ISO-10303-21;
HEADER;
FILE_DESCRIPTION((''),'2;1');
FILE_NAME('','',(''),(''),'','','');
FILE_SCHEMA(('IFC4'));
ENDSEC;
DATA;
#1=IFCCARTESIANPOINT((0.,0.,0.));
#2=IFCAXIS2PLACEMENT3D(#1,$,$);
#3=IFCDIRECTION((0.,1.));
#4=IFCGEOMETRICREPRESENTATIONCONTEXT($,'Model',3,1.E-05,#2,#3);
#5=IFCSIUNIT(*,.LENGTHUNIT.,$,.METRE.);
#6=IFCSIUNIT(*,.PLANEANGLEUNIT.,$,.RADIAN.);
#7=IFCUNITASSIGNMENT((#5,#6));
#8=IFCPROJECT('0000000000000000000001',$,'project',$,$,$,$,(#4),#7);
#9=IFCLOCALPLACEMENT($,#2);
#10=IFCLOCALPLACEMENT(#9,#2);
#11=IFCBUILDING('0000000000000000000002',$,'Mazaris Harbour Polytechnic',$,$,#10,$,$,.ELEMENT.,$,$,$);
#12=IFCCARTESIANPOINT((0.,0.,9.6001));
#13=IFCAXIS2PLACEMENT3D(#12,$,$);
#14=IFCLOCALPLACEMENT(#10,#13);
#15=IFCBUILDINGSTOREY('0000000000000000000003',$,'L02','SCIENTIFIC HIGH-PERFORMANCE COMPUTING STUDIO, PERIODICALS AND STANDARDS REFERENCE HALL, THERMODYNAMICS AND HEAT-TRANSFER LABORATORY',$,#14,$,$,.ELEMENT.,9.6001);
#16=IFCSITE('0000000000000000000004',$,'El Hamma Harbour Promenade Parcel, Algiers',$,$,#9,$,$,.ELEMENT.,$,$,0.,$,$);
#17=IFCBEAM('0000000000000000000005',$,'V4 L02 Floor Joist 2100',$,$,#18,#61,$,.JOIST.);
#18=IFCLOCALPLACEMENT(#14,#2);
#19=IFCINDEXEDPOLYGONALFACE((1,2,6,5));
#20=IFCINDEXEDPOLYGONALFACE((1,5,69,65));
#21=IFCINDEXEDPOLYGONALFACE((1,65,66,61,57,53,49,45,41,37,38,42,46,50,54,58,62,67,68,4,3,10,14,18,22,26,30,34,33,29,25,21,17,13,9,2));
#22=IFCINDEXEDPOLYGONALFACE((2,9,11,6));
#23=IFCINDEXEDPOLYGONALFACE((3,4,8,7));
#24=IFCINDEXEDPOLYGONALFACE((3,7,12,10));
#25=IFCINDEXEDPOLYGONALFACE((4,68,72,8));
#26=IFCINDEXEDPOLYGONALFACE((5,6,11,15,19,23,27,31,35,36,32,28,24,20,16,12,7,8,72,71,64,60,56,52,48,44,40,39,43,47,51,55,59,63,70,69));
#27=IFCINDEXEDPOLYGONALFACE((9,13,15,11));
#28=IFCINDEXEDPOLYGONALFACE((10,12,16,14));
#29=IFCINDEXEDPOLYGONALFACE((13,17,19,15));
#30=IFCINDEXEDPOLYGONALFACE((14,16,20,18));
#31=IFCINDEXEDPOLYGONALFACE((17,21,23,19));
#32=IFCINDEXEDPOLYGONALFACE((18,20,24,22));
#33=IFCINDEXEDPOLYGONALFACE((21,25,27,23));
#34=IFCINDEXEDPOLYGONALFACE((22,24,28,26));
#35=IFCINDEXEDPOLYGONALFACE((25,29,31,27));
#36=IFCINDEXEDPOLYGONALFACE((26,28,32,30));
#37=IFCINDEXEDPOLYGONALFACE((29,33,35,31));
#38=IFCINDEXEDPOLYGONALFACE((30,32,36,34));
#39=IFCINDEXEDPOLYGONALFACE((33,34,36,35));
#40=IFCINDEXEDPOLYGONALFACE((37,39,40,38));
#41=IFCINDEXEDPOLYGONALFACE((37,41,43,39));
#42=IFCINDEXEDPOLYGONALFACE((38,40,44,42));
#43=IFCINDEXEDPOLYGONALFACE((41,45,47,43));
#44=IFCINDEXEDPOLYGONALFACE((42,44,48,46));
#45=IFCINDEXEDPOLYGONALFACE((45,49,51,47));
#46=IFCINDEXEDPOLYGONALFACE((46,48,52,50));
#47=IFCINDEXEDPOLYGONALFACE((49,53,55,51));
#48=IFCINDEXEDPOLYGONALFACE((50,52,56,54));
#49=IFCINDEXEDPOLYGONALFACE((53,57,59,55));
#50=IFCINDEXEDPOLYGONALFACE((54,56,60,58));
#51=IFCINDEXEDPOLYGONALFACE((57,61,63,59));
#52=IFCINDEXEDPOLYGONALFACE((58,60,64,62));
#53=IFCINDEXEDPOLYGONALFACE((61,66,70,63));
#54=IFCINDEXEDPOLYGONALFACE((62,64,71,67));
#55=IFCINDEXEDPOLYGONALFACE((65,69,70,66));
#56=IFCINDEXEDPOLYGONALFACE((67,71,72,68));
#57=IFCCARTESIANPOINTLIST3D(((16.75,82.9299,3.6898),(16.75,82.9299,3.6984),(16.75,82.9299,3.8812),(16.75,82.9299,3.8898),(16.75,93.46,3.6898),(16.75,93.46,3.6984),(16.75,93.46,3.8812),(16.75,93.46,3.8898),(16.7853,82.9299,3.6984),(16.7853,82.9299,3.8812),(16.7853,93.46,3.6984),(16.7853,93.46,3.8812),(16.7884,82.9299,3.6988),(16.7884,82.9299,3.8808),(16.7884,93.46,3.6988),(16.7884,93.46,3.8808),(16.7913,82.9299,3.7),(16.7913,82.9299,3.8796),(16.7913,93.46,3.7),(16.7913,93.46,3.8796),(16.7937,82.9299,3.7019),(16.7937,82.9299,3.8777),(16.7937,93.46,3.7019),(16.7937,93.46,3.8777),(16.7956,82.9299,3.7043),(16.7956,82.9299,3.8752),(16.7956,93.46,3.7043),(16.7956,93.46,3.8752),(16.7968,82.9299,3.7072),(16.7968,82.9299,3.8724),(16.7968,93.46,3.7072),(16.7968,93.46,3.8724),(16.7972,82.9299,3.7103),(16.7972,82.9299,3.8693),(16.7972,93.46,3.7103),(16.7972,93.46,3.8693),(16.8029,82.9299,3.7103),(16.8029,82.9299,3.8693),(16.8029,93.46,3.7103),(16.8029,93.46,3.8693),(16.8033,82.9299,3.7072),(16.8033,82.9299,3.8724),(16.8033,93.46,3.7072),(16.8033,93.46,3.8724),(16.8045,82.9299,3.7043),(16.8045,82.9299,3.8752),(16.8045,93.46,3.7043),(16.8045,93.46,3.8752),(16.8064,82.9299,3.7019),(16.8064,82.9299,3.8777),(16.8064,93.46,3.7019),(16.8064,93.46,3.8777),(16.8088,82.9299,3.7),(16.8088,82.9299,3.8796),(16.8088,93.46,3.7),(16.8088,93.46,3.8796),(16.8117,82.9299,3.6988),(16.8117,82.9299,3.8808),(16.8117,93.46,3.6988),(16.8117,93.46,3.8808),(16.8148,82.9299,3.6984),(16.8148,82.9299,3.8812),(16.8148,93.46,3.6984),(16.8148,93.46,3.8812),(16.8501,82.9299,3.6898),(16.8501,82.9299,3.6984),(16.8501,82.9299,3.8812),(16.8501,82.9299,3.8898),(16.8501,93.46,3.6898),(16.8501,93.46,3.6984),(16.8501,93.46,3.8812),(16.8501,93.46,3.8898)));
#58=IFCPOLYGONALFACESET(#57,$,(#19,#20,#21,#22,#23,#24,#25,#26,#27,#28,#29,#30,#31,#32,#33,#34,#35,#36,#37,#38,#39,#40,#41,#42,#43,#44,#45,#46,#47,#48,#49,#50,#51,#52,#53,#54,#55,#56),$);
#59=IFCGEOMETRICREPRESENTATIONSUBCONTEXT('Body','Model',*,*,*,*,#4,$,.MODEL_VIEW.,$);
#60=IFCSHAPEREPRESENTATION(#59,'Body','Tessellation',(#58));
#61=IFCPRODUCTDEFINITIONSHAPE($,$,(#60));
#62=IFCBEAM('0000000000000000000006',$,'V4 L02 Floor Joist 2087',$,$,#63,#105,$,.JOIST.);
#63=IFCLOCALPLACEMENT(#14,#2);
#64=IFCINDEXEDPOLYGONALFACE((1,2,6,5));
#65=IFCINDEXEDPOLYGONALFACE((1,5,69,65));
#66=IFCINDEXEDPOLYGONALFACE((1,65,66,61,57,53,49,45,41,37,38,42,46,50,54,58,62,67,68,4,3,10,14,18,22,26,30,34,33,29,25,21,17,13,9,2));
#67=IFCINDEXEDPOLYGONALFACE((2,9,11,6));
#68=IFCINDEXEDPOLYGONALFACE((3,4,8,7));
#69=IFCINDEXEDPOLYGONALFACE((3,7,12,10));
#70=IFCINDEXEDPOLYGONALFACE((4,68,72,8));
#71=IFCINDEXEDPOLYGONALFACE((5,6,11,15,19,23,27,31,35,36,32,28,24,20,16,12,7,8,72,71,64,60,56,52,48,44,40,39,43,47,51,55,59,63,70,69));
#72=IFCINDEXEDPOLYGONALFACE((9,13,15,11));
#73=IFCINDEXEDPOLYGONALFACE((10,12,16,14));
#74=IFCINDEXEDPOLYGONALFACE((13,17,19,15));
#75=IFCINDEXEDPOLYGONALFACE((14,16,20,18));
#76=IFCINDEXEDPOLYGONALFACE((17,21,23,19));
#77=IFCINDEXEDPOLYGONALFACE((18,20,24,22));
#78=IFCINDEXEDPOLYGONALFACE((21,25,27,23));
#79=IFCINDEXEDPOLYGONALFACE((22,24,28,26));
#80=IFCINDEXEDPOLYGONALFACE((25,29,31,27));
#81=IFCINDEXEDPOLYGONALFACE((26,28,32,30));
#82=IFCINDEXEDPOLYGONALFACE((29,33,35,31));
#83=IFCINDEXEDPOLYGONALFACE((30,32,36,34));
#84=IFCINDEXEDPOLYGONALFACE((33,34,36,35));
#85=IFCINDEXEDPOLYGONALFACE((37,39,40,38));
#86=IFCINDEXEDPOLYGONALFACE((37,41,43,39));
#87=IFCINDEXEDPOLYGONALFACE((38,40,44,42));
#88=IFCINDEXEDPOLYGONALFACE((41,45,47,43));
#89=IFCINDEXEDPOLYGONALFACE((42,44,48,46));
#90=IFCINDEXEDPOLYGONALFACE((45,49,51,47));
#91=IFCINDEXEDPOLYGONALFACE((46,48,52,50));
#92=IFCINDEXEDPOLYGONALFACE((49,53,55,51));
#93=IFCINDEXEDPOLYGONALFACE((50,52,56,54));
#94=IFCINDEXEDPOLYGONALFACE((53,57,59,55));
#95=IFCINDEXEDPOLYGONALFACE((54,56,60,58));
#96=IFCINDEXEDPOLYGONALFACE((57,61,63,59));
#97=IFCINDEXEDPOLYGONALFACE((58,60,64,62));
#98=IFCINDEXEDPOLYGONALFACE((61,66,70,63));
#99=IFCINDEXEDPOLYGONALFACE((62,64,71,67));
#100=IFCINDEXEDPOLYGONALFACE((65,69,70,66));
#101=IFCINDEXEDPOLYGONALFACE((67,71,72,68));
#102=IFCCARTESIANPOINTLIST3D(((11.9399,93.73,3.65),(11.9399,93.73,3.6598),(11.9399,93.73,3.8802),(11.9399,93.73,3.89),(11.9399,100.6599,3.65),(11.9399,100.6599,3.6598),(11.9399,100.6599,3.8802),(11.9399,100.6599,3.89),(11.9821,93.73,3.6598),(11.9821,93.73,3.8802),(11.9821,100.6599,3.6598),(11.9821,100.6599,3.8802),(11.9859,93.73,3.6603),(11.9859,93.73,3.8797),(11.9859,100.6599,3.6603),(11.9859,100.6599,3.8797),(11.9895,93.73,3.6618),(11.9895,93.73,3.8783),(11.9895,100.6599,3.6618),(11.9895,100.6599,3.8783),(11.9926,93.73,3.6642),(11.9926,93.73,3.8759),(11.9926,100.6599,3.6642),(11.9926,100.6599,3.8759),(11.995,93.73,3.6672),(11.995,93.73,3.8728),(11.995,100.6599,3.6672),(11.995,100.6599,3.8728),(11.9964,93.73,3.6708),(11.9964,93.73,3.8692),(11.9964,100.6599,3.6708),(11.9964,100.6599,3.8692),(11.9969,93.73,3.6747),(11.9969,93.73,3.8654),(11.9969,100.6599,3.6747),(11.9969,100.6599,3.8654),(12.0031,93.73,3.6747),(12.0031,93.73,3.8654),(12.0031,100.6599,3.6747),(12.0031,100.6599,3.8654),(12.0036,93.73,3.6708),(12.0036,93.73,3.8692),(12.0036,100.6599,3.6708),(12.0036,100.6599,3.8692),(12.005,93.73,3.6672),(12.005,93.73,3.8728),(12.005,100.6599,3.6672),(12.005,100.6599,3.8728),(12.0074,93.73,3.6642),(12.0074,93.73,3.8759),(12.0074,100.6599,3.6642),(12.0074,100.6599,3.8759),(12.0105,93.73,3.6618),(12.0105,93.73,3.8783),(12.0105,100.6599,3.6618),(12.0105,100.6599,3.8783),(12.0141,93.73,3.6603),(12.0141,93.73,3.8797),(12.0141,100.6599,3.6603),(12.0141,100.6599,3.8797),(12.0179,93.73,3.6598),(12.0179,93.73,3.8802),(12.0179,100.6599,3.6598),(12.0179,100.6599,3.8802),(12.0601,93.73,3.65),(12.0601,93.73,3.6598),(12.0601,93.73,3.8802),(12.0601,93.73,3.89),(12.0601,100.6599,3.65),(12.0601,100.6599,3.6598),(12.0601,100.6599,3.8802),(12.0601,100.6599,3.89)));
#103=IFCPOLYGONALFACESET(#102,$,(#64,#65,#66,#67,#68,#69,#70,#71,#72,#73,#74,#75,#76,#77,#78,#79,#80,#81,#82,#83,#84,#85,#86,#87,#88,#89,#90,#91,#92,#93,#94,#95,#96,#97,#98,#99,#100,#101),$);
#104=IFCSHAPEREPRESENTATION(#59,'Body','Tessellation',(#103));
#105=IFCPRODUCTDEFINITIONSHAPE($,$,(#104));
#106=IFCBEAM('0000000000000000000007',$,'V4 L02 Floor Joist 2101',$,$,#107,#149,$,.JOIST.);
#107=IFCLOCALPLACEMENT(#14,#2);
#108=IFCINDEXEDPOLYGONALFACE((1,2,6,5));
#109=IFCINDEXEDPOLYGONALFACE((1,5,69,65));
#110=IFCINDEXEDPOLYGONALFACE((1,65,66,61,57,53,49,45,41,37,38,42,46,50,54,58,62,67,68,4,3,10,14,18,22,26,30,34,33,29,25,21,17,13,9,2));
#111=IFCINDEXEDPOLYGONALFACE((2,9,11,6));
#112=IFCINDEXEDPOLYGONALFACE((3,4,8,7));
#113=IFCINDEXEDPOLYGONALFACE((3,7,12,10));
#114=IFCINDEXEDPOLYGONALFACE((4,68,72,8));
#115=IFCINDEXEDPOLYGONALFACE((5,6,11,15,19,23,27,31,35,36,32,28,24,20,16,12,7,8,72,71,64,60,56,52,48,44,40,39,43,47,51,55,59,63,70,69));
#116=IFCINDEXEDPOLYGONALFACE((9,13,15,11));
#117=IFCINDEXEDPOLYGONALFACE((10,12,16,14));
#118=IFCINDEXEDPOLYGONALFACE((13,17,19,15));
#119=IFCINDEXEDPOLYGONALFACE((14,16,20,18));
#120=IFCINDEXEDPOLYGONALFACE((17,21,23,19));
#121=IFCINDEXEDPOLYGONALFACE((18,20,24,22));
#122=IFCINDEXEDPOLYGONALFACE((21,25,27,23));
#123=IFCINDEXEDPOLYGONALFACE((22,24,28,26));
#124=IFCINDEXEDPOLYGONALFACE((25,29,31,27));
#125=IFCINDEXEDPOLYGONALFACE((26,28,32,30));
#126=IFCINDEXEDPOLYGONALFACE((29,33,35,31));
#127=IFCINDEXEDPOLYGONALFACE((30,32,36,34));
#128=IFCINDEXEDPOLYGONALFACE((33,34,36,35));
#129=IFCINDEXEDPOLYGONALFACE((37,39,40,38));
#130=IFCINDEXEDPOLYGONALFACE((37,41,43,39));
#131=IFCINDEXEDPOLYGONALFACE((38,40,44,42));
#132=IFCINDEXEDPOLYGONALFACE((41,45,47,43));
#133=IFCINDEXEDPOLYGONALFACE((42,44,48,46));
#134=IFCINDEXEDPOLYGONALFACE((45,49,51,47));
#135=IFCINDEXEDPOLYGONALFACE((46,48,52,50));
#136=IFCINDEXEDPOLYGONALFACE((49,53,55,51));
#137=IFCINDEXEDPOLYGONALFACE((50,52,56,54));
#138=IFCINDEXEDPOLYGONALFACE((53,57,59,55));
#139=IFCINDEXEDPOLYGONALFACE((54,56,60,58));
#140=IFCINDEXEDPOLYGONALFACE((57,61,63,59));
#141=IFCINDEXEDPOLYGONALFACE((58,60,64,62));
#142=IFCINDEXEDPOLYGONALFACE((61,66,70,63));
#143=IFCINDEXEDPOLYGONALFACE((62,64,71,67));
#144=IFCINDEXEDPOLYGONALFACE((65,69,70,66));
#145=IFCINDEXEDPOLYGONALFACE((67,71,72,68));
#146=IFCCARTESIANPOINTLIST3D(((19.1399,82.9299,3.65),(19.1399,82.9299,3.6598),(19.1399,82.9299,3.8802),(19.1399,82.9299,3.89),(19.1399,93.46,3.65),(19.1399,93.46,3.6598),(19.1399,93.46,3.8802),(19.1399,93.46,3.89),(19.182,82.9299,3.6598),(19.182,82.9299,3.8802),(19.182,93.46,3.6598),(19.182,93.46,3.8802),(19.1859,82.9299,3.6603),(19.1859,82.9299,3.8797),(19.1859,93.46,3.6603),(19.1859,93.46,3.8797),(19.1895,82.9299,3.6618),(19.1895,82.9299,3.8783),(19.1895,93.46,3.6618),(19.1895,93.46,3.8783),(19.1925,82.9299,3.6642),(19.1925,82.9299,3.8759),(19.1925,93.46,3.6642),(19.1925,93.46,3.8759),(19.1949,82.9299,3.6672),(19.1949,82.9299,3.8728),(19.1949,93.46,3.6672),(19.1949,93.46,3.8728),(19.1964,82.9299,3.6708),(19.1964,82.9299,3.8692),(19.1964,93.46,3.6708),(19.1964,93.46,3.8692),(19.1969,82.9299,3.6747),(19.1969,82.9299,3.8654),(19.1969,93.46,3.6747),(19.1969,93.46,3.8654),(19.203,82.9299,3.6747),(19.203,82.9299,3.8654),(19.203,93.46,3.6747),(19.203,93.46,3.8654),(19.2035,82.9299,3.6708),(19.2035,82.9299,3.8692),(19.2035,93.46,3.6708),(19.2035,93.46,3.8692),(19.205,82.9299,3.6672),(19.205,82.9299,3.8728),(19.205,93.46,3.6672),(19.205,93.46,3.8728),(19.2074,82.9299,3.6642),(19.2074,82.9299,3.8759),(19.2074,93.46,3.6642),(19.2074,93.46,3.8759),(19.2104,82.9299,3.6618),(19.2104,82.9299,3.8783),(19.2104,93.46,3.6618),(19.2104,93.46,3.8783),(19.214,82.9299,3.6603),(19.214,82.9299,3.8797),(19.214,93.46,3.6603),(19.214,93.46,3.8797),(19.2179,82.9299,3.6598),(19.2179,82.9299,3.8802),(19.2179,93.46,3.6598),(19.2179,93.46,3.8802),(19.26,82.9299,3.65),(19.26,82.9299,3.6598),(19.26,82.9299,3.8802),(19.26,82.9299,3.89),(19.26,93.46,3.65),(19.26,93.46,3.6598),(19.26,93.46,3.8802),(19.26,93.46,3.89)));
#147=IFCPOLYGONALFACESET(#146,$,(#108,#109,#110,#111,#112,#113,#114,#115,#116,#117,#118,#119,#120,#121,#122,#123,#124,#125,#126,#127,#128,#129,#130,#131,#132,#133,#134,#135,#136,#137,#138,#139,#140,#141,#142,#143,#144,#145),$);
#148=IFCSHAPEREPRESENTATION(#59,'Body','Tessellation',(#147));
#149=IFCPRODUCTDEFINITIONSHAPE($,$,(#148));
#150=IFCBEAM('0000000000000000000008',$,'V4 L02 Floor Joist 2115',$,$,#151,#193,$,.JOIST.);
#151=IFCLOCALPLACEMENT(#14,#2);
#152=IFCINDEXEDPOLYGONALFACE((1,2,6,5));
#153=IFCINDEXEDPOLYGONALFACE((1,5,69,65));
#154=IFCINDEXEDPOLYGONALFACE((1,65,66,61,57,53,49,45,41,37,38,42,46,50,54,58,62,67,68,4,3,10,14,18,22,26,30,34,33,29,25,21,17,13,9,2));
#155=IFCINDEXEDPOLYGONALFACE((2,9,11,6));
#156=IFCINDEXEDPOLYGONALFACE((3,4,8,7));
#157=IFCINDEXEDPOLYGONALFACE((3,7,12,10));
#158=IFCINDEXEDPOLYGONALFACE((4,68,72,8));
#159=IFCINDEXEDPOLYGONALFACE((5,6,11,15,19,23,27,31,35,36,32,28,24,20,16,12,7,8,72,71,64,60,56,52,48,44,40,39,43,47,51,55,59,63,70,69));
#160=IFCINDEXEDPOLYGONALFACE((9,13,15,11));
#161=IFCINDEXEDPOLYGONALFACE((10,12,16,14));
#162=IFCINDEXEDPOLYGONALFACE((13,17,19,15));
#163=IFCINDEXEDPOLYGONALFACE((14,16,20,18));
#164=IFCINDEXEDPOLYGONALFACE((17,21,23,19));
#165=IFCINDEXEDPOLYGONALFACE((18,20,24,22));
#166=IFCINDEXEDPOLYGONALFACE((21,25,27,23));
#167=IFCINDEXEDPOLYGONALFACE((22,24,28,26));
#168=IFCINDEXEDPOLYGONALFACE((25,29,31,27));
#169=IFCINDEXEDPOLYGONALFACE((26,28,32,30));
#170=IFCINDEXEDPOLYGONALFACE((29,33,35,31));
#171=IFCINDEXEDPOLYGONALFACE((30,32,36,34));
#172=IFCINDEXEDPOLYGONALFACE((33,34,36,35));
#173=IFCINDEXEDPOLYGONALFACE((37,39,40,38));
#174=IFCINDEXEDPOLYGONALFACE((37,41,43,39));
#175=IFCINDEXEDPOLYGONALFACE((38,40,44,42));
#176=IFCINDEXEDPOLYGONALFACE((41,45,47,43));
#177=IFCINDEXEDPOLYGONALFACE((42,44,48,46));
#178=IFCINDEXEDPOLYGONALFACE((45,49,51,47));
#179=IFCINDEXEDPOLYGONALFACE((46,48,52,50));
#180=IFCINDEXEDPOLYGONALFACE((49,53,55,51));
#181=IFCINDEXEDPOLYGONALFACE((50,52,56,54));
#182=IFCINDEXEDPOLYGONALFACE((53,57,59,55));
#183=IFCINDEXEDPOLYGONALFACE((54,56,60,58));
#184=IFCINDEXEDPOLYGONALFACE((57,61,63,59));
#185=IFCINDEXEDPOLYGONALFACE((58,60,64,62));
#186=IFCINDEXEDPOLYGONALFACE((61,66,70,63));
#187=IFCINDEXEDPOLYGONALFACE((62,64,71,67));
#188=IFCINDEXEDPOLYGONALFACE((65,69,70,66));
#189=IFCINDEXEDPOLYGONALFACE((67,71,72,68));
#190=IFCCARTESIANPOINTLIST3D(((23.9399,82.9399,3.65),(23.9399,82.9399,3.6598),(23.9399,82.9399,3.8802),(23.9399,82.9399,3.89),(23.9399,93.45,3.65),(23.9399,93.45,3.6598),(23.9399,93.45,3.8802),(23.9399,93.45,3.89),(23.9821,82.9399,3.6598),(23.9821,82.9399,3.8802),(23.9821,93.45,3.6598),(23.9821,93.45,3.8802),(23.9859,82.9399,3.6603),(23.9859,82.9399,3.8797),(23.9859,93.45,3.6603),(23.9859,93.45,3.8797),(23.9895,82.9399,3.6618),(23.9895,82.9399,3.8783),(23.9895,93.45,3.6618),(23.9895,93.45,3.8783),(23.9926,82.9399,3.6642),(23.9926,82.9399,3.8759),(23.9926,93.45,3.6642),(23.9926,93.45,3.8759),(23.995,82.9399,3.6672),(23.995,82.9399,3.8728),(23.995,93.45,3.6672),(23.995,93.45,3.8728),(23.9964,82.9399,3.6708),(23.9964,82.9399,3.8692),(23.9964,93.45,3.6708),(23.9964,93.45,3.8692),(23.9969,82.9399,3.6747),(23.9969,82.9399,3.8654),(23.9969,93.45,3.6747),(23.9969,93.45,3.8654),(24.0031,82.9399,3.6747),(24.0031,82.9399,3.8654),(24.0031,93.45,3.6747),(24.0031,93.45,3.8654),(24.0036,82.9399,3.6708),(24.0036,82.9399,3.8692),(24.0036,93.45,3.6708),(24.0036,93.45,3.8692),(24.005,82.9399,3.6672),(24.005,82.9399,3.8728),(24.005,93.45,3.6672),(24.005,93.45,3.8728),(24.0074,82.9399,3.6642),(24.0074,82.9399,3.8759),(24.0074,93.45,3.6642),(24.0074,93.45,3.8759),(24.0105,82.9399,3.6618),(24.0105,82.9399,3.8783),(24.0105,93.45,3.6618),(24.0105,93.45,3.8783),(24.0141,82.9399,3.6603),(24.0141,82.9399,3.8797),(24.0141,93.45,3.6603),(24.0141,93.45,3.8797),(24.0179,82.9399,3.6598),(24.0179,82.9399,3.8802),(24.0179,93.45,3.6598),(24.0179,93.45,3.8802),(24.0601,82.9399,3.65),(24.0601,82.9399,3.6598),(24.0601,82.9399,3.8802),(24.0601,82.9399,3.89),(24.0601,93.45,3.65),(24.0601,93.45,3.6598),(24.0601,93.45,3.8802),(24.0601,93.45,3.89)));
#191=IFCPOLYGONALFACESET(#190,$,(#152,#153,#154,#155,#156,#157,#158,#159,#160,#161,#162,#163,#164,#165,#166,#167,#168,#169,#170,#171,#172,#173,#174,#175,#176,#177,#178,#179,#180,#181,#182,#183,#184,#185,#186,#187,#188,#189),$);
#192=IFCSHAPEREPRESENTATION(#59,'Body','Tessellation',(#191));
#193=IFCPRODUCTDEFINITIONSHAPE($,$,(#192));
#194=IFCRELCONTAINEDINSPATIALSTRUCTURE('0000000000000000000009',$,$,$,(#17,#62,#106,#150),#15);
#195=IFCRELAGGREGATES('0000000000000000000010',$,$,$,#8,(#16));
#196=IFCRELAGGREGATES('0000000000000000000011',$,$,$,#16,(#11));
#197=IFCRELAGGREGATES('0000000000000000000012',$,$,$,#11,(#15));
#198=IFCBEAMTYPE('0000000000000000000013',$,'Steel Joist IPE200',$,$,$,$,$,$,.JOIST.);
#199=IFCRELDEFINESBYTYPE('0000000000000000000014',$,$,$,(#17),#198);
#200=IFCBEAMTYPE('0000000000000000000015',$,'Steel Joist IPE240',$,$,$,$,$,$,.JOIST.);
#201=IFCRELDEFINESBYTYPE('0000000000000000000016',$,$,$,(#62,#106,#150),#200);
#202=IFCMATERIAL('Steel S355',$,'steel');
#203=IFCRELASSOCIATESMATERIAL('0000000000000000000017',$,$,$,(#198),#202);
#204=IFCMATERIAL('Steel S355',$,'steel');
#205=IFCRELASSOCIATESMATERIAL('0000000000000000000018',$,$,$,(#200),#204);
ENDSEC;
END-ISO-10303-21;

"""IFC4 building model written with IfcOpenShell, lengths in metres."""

from ifc_helpers import new_model, si_unit, direction, frame, origin, origin_2d, place, context, subcontext, project, spatial, i_section, extrude, material, material_profile, profile_set, type_object, element, save


model = new_model("IFC4")

# Units and contexts
model_context = context("Model", 3, precision=1e-05, world=origin(), true_north=direction((0.0, 1.0)))
body_context = subcontext(model_context, "Body", "Model", "MODEL_VIEW")
ifc_project = project(units=[si_unit("LENGTHUNIT", "METRE"), si_unit("PLANEANGLEUNIT", "RADIAN")], contexts=[model_context])

# Site, building, storey
site_placement = place(None, origin())
site = spatial("IfcSite", under=ifc_project, at=site_placement, Name="El Hamma Harbour Promenade Parcel, Algiers", CompositionType="ELEMENT", RefElevation=0.0)
building_placement = place(site_placement, origin())
building = spatial("IfcBuilding", under=site, at=building_placement, Name="Mazaris Harbour Polytechnic", CompositionType="ELEMENT")
storey_placement = place(building_placement, frame((0.0, 0.0, 9.6001)))
storey = spatial("IfcBuildingStorey", under=building, at=storey_placement, Name="L02", Description="SCIENTIFIC HIGH-PERFORMANCE COMPUTING STUDIO, PERIODICALS AND STANDARDS REFERENCE HALL, THERMODYNAMICS AND HEAT-TRANSFER LABORATORY", CompositionType="ELEMENT", Elevation=9.6001)

# Beams
ifc_material_1 = material(Name="Steel S355", Category="steel")
ifc_material_profile_1 = material_profile(ifc_material_1, i_section(OverallWidth=0.1001, OverallDepth=0.2, WebThickness=0.0056, FlangeThickness=0.0085, FilletRadius=0.012, at=origin_2d()), Name="IPE 200")
ifc_profile_set_1 = profile_set([ifc_material_profile_1], Name="Steel S355")
beam_type_1 = type_object("IfcBeamType", Name="Steel Joist IPE200", PredefinedType="JOIST", material=ifc_profile_set_1)
beam_1_placement = place(storey_placement, frame((16.8, 82.9299, 3.7898), z_axis=(0.0, 1.0, 0.0), x_axis=(-1.0, 0.0, 0.0)))
element("IfcBeam", 1, at=beam_1_placement, inside=storey, type_object=beam_type_1, Name="V4 L02 Floor Joist 2100", PredefinedType="JOIST", context=body_context, shape_type="SweptSolid", body=[
    extrude(i_section(OverallWidth=0.1001, OverallDepth=0.2, WebThickness=0.0056, FlangeThickness=0.0085, FilletRadius=0.012, at=origin_2d()), origin(), (0.0, 0.0, 1.0), 10.53),
])
ifc_material_2 = material(Name="Steel S355", Category="steel")
ifc_material_profile_2 = material_profile(ifc_material_2, i_section(OverallWidth=0.1201, OverallDepth=0.24, WebThickness=0.0061, FlangeThickness=0.0098, FilletRadius=0.0149, at=origin_2d()), Name="IPE 240")
ifc_profile_set_2 = profile_set([ifc_material_profile_2], Name="Steel S355")
beam_type_2 = type_object("IfcBeamType", Name="Steel Joist IPE240", PredefinedType="JOIST", material=ifc_profile_set_2)
beam_2_placement = place(storey_placement, frame((12.0, 93.73, 3.77), z_axis=(0.0, 1.0, 0.0), x_axis=(-1.0, 0.0, 0.0)))
element("IfcBeam", 2, at=beam_2_placement, inside=storey, type_object=beam_type_2, Name="V4 L02 Floor Joist 2087", PredefinedType="JOIST", context=body_context, shape_type="SweptSolid", body=[
    extrude(i_section(OverallWidth=0.1201, OverallDepth=0.24, WebThickness=0.0061, FlangeThickness=0.0098, FilletRadius=0.0149, at=origin_2d()), origin(), (0.0, 0.0, 1.0), 6.9299),
])
beam_3_placement = place(storey_placement, frame((19.2, 82.9299, 3.77), z_axis=(0.0, 1.0, 0.0), x_axis=(-1.0, 0.0, 0.0)))
element("IfcBeam", 3, at=beam_3_placement, inside=storey, type_object=beam_type_2, Name="V4 L02 Floor Joist 2101", PredefinedType="JOIST", context=body_context, shape_type="SweptSolid", body=[
    extrude(i_section(OverallWidth=0.1201, OverallDepth=0.24, WebThickness=0.0061, FlangeThickness=0.0098, FilletRadius=0.0149, at=origin_2d()), origin(), (0.0, 0.0, 1.0), 10.53),
])
beam_4_placement = place(storey_placement, frame((24.0, 82.9399, 3.77), z_axis=(0.0, 1.0, 0.0), x_axis=(-1.0, 0.0, 0.0)))
element("IfcBeam", 4, at=beam_4_placement, inside=storey, type_object=beam_type_2, Name="V4 L02 Floor Joist 2115", PredefinedType="JOIST", context=body_context, shape_type="SweptSolid", body=[
    extrude(i_section(OverallWidth=0.1201, OverallDepth=0.24, WebThickness=0.0061, FlangeThickness=0.0098, FilletRadius=0.0149, at=origin_2d()), origin(), (0.0, 0.0, 1.0), 10.51),
])

save(model, "model.ifc")
